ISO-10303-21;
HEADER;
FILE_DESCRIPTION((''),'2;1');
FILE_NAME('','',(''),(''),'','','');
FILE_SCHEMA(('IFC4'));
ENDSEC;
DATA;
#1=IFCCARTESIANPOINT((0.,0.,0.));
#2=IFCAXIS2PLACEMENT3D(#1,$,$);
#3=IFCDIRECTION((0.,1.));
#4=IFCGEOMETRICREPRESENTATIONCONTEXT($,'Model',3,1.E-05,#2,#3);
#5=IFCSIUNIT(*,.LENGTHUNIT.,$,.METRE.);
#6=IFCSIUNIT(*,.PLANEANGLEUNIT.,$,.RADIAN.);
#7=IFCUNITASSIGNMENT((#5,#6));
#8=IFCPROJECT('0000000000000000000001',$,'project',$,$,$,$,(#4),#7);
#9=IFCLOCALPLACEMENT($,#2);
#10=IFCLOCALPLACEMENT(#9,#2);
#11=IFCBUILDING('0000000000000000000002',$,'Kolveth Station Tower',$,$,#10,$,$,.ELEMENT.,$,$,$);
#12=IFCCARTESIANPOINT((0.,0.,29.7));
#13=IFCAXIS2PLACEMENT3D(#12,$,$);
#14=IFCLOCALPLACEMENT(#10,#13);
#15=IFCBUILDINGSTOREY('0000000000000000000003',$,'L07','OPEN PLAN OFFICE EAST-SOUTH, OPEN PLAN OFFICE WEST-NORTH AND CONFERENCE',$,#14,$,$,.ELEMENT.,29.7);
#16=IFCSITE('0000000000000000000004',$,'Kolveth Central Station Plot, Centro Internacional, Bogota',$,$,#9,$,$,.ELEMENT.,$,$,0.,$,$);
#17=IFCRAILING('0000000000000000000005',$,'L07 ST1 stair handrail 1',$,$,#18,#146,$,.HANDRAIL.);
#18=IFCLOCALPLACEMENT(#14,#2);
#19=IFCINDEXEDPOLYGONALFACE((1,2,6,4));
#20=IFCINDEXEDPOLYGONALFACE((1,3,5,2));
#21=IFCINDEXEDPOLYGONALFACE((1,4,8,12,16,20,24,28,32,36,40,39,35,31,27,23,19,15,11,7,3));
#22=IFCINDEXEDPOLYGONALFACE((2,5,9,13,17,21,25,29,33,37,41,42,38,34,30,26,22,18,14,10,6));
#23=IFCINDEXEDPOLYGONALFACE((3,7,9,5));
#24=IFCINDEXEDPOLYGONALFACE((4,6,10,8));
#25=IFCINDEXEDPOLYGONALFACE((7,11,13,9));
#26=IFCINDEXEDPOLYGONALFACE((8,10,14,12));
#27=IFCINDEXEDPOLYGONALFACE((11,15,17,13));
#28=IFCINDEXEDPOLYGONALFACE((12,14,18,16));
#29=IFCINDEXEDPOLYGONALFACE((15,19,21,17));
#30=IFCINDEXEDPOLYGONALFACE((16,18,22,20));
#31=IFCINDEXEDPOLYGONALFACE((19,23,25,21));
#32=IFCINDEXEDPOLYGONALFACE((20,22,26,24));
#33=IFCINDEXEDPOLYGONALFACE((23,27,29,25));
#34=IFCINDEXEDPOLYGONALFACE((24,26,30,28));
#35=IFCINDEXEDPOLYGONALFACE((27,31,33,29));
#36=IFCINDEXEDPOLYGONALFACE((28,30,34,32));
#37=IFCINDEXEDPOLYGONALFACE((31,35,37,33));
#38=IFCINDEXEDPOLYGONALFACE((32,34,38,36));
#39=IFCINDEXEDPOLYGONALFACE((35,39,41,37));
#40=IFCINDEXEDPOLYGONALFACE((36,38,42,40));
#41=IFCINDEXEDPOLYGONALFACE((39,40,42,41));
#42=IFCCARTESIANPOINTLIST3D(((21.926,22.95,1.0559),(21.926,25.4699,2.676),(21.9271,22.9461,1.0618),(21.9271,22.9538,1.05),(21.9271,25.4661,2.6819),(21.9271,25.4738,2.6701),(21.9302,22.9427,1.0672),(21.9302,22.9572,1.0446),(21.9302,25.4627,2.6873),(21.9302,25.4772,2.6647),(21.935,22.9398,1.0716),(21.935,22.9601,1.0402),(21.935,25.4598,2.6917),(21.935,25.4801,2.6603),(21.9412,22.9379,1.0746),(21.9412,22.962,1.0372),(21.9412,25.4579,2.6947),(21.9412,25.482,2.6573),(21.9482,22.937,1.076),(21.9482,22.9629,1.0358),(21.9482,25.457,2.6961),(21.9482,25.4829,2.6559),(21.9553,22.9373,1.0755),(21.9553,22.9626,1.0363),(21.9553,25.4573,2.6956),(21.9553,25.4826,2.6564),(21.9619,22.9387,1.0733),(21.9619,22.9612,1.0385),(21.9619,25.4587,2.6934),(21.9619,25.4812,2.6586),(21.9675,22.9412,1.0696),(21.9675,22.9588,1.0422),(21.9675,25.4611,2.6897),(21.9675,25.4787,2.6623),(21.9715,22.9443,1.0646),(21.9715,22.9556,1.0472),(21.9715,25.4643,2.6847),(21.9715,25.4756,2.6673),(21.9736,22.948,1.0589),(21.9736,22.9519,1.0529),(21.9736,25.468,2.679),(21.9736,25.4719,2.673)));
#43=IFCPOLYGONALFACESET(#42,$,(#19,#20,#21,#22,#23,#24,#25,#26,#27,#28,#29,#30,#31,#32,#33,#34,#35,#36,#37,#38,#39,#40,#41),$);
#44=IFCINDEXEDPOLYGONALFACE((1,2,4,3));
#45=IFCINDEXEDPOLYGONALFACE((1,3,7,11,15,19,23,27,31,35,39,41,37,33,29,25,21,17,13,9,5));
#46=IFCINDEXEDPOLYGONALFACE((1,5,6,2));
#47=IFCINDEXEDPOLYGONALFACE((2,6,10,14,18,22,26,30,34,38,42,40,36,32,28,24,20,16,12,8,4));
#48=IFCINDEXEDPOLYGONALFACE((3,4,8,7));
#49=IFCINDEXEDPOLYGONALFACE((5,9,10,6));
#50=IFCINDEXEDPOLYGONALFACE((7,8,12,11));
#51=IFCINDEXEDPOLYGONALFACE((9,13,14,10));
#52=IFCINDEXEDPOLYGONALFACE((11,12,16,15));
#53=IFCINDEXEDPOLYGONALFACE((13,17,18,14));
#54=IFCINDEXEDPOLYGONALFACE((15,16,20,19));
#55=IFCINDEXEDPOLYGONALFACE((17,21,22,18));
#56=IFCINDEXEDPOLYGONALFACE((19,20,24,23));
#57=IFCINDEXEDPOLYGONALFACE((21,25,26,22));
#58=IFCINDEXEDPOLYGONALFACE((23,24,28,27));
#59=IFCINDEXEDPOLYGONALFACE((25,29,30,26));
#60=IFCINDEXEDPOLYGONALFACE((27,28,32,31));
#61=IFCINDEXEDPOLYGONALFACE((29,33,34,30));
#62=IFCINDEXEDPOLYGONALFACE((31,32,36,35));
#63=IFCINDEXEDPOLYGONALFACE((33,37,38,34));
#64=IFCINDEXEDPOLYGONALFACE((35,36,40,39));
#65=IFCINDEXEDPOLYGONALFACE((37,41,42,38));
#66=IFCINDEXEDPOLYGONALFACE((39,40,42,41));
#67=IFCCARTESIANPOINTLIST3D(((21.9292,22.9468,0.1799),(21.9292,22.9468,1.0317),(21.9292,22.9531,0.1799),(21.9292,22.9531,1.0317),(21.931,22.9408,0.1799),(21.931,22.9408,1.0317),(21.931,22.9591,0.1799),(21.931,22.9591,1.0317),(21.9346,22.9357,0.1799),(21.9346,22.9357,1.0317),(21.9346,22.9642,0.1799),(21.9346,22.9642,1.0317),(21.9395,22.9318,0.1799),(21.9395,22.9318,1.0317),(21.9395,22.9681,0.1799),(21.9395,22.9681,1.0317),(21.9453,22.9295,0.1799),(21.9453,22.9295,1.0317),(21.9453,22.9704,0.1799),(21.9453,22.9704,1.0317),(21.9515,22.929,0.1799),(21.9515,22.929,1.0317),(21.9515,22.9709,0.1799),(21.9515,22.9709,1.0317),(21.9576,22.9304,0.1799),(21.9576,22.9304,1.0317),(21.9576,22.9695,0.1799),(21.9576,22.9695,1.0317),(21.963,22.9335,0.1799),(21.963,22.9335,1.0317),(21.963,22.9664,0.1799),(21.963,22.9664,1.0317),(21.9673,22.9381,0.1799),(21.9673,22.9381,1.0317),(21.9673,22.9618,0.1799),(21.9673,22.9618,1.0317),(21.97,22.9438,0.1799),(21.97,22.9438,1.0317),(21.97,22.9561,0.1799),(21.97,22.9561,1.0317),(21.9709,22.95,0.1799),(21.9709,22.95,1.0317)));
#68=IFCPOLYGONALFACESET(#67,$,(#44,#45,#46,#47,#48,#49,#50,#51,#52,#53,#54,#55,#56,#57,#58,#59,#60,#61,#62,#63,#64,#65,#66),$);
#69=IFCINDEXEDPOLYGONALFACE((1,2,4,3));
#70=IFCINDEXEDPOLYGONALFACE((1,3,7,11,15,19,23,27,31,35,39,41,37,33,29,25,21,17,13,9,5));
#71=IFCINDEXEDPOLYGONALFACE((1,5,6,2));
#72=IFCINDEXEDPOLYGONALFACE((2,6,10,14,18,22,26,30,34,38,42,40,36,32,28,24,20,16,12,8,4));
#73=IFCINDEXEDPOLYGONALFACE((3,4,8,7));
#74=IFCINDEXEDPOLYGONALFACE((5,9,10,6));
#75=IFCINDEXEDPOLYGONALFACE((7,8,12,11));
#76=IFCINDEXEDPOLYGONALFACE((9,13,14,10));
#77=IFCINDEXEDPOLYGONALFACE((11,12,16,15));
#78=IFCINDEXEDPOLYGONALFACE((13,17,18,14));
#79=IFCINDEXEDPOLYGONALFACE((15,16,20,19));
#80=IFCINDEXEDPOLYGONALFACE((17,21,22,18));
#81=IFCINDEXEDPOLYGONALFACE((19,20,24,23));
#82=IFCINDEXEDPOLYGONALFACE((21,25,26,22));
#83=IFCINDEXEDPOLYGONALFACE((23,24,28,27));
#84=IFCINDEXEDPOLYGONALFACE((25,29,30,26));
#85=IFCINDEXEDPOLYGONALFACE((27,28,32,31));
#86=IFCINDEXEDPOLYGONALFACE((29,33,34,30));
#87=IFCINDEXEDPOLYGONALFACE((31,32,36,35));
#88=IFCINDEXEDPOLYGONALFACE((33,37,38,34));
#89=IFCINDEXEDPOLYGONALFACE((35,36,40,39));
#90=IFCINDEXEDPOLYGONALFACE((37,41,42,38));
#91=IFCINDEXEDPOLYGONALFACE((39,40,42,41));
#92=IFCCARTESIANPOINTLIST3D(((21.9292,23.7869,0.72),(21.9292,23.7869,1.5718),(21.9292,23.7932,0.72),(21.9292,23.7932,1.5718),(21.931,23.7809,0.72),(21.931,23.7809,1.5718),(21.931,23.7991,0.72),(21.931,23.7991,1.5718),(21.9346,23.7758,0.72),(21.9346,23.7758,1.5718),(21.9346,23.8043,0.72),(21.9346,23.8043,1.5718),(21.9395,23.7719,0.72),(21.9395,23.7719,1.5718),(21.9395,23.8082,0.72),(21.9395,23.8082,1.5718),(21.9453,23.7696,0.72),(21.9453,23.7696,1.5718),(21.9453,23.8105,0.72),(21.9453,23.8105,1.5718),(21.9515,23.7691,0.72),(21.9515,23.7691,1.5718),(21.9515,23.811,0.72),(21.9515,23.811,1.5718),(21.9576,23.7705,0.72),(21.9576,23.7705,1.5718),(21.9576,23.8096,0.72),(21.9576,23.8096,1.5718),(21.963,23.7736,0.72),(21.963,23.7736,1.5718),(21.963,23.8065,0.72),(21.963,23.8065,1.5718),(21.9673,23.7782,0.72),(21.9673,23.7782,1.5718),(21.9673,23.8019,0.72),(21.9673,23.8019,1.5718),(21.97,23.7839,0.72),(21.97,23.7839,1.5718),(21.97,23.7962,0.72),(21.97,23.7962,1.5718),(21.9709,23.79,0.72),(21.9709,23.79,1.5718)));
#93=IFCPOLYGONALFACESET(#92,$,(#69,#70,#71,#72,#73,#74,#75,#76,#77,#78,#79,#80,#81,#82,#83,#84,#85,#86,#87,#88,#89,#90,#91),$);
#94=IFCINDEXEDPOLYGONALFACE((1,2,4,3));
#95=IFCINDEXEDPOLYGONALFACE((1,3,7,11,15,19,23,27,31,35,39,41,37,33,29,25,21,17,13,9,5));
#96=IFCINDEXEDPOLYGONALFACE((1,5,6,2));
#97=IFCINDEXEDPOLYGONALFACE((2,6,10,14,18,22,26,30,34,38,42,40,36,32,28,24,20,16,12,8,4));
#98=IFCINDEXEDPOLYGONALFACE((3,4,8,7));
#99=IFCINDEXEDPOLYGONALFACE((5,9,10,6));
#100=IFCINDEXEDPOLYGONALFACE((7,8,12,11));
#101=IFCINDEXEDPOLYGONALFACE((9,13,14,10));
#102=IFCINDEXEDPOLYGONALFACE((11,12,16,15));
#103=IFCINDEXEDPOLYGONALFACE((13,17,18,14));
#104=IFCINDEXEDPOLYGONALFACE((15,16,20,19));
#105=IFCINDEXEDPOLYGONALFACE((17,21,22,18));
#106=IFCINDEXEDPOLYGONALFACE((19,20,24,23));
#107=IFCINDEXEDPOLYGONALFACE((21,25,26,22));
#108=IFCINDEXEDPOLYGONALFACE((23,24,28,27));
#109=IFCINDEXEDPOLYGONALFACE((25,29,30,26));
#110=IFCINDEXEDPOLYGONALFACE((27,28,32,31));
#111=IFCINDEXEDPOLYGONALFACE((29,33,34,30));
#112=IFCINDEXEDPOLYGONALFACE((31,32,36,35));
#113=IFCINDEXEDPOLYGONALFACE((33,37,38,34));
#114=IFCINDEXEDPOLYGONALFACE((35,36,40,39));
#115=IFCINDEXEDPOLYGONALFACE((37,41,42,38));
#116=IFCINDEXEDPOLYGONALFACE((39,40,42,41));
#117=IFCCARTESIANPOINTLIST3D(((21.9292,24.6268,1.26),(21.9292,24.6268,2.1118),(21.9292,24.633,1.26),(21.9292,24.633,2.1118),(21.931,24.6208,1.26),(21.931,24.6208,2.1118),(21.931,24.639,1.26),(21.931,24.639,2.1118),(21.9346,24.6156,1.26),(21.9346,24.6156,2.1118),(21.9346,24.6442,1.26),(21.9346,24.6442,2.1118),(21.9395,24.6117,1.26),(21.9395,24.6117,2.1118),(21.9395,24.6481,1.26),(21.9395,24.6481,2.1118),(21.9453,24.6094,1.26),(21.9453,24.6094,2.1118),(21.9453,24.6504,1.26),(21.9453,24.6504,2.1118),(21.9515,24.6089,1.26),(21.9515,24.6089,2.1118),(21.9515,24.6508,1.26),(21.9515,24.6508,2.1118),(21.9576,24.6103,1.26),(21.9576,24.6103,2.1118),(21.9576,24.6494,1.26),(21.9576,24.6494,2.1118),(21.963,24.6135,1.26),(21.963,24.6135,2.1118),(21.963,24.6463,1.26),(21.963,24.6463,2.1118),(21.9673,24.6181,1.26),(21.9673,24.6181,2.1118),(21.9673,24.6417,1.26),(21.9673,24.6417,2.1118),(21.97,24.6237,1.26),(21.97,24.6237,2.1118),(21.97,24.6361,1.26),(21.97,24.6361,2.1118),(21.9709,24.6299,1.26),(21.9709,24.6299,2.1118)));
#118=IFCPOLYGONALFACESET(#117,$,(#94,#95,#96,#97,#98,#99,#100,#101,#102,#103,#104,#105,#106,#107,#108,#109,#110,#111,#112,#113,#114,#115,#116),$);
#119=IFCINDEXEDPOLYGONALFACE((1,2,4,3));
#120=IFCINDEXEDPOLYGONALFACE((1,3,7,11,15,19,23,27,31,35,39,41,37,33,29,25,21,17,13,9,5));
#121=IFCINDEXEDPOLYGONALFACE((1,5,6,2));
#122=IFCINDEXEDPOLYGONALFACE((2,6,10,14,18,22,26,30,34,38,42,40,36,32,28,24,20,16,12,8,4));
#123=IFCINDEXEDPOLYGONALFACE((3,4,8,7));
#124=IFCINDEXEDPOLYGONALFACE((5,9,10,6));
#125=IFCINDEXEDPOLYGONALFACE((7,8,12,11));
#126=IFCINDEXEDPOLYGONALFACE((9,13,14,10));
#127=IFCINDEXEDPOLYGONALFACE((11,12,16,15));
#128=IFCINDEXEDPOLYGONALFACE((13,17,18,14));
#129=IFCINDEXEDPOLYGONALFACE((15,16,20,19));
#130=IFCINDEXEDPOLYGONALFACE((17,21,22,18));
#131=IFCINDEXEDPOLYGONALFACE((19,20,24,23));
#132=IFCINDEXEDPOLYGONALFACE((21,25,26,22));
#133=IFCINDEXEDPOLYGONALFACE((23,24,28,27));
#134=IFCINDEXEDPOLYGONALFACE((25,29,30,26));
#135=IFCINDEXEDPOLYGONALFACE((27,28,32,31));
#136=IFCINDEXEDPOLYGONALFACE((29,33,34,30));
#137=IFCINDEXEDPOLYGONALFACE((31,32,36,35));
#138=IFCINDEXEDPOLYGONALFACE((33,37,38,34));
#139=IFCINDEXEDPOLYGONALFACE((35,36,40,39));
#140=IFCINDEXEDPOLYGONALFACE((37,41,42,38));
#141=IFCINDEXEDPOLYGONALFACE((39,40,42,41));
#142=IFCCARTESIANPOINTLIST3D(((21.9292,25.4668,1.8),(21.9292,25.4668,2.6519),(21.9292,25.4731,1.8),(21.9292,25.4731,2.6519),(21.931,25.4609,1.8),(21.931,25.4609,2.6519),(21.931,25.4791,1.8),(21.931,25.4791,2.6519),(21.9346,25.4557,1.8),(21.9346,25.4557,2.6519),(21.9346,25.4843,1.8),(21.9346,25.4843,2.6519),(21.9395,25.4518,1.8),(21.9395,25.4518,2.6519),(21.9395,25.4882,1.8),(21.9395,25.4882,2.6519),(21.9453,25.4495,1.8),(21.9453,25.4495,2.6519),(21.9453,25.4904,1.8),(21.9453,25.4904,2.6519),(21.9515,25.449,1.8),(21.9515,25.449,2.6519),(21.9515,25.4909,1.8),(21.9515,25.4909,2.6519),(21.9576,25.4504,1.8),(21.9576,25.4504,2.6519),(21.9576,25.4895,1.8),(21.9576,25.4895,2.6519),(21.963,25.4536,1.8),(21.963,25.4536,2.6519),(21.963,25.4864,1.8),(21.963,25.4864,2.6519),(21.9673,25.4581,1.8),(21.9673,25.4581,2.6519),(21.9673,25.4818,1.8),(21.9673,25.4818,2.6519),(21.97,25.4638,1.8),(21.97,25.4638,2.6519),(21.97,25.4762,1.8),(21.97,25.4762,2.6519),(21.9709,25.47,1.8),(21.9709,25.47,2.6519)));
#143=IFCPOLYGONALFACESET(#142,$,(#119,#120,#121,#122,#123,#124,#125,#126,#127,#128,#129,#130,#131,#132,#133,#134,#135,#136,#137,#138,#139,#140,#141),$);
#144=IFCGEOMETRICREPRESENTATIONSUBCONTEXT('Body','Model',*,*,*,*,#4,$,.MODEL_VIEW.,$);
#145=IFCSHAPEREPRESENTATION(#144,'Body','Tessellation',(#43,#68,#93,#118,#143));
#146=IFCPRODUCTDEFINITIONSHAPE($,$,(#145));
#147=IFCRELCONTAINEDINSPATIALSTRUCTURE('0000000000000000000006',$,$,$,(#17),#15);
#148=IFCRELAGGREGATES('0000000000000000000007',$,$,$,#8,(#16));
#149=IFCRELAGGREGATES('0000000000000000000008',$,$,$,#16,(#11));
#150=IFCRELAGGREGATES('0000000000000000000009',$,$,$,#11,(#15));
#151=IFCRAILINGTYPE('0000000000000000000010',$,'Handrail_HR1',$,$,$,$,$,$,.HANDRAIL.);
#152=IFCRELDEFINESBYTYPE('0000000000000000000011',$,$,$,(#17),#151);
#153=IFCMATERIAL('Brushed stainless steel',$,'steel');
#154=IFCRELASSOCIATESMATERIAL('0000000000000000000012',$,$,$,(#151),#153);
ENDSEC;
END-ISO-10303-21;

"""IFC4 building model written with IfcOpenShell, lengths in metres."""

from ifc_helpers import new_model, si_unit, direction, frame, origin, origin_2d, place, context, subcontext, project, spatial, circle, extrude, material, type_object, element, save


model = new_model("IFC4")

# Units and contexts
model_context = context("Model", 3, precision=1e-05, world=origin(), true_north=direction((0.0, 1.0)))
body_context = subcontext(model_context, "Body", "Model", "MODEL_VIEW")
ifc_project = project(units=[si_unit("LENGTHUNIT", "METRE"), si_unit("PLANEANGLEUNIT", "RADIAN")], contexts=[model_context])

# Site, building, storey
site_placement = place(None, origin())
site = spatial("IfcSite", under=ifc_project, at=site_placement, Name="Kolveth Central Station Plot, Centro Internacional, Bogota", CompositionType="ELEMENT", RefElevation=0.0)
building_placement = place(site_placement, origin())
building = spatial("IfcBuilding", under=site, at=building_placement, Name="Kolveth Station Tower", CompositionType="ELEMENT")
storey_placement = place(building_placement, frame((0.0, 0.0, 29.7)))
storey = spatial("IfcBuildingStorey", under=building, at=storey_placement, Name="L07", Description="OPEN PLAN OFFICE EAST-SOUTH, OPEN PLAN OFFICE WEST-NORTH AND CONFERENCE", CompositionType="ELEMENT", Elevation=29.7)

# Railing
ifc_material_1 = material(Name="Brushed stainless steel", Category="steel")
railing_type_1 = type_object("IfcRailingType", Name="Handrail_HR1", PredefinedType="HANDRAIL", material=ifc_material_1)
railing_1_placement = place(storey_placement, frame((21.95, 22.95, 0.1799)))
element("IfcRailing", 1, at=railing_1_placement, inside=storey, type_object=railing_type_1, Name="L07 ST1 stair handrail 1", PredefinedType="HANDRAIL", context=body_context, shape_type="SweptSolid", body=[
    extrude(circle(Radius=0.0239, at=origin_2d()), frame((0.0, 0.0, 0.876), z_axis=(0.0, 0.841163, 0.540782), x_axis=(-1.0, 0.0, 0.0)), (0.0, 0.0, 1.0), 2.9958),
    extrude(circle(Radius=0.021, at=origin_2d()), origin(), (0.0, 0.0, 1.0), 0.8518),
    extrude(circle(Radius=0.021, at=origin_2d()), frame((0.0, 0.8401, 0.54)), (0.0, 0.0, 1.0), 0.8518),
    extrude(circle(Radius=0.021, at=origin_2d()), frame((0.0, 1.6799, 1.0801)), (0.0, 0.0, 1.0), 0.8518),
    extrude(circle(Radius=0.021, at=origin_2d()), frame((0.0, 2.52, 1.6201)), (0.0, 0.0, 1.0), 0.8518),
])

save(model, "model.ifc")
